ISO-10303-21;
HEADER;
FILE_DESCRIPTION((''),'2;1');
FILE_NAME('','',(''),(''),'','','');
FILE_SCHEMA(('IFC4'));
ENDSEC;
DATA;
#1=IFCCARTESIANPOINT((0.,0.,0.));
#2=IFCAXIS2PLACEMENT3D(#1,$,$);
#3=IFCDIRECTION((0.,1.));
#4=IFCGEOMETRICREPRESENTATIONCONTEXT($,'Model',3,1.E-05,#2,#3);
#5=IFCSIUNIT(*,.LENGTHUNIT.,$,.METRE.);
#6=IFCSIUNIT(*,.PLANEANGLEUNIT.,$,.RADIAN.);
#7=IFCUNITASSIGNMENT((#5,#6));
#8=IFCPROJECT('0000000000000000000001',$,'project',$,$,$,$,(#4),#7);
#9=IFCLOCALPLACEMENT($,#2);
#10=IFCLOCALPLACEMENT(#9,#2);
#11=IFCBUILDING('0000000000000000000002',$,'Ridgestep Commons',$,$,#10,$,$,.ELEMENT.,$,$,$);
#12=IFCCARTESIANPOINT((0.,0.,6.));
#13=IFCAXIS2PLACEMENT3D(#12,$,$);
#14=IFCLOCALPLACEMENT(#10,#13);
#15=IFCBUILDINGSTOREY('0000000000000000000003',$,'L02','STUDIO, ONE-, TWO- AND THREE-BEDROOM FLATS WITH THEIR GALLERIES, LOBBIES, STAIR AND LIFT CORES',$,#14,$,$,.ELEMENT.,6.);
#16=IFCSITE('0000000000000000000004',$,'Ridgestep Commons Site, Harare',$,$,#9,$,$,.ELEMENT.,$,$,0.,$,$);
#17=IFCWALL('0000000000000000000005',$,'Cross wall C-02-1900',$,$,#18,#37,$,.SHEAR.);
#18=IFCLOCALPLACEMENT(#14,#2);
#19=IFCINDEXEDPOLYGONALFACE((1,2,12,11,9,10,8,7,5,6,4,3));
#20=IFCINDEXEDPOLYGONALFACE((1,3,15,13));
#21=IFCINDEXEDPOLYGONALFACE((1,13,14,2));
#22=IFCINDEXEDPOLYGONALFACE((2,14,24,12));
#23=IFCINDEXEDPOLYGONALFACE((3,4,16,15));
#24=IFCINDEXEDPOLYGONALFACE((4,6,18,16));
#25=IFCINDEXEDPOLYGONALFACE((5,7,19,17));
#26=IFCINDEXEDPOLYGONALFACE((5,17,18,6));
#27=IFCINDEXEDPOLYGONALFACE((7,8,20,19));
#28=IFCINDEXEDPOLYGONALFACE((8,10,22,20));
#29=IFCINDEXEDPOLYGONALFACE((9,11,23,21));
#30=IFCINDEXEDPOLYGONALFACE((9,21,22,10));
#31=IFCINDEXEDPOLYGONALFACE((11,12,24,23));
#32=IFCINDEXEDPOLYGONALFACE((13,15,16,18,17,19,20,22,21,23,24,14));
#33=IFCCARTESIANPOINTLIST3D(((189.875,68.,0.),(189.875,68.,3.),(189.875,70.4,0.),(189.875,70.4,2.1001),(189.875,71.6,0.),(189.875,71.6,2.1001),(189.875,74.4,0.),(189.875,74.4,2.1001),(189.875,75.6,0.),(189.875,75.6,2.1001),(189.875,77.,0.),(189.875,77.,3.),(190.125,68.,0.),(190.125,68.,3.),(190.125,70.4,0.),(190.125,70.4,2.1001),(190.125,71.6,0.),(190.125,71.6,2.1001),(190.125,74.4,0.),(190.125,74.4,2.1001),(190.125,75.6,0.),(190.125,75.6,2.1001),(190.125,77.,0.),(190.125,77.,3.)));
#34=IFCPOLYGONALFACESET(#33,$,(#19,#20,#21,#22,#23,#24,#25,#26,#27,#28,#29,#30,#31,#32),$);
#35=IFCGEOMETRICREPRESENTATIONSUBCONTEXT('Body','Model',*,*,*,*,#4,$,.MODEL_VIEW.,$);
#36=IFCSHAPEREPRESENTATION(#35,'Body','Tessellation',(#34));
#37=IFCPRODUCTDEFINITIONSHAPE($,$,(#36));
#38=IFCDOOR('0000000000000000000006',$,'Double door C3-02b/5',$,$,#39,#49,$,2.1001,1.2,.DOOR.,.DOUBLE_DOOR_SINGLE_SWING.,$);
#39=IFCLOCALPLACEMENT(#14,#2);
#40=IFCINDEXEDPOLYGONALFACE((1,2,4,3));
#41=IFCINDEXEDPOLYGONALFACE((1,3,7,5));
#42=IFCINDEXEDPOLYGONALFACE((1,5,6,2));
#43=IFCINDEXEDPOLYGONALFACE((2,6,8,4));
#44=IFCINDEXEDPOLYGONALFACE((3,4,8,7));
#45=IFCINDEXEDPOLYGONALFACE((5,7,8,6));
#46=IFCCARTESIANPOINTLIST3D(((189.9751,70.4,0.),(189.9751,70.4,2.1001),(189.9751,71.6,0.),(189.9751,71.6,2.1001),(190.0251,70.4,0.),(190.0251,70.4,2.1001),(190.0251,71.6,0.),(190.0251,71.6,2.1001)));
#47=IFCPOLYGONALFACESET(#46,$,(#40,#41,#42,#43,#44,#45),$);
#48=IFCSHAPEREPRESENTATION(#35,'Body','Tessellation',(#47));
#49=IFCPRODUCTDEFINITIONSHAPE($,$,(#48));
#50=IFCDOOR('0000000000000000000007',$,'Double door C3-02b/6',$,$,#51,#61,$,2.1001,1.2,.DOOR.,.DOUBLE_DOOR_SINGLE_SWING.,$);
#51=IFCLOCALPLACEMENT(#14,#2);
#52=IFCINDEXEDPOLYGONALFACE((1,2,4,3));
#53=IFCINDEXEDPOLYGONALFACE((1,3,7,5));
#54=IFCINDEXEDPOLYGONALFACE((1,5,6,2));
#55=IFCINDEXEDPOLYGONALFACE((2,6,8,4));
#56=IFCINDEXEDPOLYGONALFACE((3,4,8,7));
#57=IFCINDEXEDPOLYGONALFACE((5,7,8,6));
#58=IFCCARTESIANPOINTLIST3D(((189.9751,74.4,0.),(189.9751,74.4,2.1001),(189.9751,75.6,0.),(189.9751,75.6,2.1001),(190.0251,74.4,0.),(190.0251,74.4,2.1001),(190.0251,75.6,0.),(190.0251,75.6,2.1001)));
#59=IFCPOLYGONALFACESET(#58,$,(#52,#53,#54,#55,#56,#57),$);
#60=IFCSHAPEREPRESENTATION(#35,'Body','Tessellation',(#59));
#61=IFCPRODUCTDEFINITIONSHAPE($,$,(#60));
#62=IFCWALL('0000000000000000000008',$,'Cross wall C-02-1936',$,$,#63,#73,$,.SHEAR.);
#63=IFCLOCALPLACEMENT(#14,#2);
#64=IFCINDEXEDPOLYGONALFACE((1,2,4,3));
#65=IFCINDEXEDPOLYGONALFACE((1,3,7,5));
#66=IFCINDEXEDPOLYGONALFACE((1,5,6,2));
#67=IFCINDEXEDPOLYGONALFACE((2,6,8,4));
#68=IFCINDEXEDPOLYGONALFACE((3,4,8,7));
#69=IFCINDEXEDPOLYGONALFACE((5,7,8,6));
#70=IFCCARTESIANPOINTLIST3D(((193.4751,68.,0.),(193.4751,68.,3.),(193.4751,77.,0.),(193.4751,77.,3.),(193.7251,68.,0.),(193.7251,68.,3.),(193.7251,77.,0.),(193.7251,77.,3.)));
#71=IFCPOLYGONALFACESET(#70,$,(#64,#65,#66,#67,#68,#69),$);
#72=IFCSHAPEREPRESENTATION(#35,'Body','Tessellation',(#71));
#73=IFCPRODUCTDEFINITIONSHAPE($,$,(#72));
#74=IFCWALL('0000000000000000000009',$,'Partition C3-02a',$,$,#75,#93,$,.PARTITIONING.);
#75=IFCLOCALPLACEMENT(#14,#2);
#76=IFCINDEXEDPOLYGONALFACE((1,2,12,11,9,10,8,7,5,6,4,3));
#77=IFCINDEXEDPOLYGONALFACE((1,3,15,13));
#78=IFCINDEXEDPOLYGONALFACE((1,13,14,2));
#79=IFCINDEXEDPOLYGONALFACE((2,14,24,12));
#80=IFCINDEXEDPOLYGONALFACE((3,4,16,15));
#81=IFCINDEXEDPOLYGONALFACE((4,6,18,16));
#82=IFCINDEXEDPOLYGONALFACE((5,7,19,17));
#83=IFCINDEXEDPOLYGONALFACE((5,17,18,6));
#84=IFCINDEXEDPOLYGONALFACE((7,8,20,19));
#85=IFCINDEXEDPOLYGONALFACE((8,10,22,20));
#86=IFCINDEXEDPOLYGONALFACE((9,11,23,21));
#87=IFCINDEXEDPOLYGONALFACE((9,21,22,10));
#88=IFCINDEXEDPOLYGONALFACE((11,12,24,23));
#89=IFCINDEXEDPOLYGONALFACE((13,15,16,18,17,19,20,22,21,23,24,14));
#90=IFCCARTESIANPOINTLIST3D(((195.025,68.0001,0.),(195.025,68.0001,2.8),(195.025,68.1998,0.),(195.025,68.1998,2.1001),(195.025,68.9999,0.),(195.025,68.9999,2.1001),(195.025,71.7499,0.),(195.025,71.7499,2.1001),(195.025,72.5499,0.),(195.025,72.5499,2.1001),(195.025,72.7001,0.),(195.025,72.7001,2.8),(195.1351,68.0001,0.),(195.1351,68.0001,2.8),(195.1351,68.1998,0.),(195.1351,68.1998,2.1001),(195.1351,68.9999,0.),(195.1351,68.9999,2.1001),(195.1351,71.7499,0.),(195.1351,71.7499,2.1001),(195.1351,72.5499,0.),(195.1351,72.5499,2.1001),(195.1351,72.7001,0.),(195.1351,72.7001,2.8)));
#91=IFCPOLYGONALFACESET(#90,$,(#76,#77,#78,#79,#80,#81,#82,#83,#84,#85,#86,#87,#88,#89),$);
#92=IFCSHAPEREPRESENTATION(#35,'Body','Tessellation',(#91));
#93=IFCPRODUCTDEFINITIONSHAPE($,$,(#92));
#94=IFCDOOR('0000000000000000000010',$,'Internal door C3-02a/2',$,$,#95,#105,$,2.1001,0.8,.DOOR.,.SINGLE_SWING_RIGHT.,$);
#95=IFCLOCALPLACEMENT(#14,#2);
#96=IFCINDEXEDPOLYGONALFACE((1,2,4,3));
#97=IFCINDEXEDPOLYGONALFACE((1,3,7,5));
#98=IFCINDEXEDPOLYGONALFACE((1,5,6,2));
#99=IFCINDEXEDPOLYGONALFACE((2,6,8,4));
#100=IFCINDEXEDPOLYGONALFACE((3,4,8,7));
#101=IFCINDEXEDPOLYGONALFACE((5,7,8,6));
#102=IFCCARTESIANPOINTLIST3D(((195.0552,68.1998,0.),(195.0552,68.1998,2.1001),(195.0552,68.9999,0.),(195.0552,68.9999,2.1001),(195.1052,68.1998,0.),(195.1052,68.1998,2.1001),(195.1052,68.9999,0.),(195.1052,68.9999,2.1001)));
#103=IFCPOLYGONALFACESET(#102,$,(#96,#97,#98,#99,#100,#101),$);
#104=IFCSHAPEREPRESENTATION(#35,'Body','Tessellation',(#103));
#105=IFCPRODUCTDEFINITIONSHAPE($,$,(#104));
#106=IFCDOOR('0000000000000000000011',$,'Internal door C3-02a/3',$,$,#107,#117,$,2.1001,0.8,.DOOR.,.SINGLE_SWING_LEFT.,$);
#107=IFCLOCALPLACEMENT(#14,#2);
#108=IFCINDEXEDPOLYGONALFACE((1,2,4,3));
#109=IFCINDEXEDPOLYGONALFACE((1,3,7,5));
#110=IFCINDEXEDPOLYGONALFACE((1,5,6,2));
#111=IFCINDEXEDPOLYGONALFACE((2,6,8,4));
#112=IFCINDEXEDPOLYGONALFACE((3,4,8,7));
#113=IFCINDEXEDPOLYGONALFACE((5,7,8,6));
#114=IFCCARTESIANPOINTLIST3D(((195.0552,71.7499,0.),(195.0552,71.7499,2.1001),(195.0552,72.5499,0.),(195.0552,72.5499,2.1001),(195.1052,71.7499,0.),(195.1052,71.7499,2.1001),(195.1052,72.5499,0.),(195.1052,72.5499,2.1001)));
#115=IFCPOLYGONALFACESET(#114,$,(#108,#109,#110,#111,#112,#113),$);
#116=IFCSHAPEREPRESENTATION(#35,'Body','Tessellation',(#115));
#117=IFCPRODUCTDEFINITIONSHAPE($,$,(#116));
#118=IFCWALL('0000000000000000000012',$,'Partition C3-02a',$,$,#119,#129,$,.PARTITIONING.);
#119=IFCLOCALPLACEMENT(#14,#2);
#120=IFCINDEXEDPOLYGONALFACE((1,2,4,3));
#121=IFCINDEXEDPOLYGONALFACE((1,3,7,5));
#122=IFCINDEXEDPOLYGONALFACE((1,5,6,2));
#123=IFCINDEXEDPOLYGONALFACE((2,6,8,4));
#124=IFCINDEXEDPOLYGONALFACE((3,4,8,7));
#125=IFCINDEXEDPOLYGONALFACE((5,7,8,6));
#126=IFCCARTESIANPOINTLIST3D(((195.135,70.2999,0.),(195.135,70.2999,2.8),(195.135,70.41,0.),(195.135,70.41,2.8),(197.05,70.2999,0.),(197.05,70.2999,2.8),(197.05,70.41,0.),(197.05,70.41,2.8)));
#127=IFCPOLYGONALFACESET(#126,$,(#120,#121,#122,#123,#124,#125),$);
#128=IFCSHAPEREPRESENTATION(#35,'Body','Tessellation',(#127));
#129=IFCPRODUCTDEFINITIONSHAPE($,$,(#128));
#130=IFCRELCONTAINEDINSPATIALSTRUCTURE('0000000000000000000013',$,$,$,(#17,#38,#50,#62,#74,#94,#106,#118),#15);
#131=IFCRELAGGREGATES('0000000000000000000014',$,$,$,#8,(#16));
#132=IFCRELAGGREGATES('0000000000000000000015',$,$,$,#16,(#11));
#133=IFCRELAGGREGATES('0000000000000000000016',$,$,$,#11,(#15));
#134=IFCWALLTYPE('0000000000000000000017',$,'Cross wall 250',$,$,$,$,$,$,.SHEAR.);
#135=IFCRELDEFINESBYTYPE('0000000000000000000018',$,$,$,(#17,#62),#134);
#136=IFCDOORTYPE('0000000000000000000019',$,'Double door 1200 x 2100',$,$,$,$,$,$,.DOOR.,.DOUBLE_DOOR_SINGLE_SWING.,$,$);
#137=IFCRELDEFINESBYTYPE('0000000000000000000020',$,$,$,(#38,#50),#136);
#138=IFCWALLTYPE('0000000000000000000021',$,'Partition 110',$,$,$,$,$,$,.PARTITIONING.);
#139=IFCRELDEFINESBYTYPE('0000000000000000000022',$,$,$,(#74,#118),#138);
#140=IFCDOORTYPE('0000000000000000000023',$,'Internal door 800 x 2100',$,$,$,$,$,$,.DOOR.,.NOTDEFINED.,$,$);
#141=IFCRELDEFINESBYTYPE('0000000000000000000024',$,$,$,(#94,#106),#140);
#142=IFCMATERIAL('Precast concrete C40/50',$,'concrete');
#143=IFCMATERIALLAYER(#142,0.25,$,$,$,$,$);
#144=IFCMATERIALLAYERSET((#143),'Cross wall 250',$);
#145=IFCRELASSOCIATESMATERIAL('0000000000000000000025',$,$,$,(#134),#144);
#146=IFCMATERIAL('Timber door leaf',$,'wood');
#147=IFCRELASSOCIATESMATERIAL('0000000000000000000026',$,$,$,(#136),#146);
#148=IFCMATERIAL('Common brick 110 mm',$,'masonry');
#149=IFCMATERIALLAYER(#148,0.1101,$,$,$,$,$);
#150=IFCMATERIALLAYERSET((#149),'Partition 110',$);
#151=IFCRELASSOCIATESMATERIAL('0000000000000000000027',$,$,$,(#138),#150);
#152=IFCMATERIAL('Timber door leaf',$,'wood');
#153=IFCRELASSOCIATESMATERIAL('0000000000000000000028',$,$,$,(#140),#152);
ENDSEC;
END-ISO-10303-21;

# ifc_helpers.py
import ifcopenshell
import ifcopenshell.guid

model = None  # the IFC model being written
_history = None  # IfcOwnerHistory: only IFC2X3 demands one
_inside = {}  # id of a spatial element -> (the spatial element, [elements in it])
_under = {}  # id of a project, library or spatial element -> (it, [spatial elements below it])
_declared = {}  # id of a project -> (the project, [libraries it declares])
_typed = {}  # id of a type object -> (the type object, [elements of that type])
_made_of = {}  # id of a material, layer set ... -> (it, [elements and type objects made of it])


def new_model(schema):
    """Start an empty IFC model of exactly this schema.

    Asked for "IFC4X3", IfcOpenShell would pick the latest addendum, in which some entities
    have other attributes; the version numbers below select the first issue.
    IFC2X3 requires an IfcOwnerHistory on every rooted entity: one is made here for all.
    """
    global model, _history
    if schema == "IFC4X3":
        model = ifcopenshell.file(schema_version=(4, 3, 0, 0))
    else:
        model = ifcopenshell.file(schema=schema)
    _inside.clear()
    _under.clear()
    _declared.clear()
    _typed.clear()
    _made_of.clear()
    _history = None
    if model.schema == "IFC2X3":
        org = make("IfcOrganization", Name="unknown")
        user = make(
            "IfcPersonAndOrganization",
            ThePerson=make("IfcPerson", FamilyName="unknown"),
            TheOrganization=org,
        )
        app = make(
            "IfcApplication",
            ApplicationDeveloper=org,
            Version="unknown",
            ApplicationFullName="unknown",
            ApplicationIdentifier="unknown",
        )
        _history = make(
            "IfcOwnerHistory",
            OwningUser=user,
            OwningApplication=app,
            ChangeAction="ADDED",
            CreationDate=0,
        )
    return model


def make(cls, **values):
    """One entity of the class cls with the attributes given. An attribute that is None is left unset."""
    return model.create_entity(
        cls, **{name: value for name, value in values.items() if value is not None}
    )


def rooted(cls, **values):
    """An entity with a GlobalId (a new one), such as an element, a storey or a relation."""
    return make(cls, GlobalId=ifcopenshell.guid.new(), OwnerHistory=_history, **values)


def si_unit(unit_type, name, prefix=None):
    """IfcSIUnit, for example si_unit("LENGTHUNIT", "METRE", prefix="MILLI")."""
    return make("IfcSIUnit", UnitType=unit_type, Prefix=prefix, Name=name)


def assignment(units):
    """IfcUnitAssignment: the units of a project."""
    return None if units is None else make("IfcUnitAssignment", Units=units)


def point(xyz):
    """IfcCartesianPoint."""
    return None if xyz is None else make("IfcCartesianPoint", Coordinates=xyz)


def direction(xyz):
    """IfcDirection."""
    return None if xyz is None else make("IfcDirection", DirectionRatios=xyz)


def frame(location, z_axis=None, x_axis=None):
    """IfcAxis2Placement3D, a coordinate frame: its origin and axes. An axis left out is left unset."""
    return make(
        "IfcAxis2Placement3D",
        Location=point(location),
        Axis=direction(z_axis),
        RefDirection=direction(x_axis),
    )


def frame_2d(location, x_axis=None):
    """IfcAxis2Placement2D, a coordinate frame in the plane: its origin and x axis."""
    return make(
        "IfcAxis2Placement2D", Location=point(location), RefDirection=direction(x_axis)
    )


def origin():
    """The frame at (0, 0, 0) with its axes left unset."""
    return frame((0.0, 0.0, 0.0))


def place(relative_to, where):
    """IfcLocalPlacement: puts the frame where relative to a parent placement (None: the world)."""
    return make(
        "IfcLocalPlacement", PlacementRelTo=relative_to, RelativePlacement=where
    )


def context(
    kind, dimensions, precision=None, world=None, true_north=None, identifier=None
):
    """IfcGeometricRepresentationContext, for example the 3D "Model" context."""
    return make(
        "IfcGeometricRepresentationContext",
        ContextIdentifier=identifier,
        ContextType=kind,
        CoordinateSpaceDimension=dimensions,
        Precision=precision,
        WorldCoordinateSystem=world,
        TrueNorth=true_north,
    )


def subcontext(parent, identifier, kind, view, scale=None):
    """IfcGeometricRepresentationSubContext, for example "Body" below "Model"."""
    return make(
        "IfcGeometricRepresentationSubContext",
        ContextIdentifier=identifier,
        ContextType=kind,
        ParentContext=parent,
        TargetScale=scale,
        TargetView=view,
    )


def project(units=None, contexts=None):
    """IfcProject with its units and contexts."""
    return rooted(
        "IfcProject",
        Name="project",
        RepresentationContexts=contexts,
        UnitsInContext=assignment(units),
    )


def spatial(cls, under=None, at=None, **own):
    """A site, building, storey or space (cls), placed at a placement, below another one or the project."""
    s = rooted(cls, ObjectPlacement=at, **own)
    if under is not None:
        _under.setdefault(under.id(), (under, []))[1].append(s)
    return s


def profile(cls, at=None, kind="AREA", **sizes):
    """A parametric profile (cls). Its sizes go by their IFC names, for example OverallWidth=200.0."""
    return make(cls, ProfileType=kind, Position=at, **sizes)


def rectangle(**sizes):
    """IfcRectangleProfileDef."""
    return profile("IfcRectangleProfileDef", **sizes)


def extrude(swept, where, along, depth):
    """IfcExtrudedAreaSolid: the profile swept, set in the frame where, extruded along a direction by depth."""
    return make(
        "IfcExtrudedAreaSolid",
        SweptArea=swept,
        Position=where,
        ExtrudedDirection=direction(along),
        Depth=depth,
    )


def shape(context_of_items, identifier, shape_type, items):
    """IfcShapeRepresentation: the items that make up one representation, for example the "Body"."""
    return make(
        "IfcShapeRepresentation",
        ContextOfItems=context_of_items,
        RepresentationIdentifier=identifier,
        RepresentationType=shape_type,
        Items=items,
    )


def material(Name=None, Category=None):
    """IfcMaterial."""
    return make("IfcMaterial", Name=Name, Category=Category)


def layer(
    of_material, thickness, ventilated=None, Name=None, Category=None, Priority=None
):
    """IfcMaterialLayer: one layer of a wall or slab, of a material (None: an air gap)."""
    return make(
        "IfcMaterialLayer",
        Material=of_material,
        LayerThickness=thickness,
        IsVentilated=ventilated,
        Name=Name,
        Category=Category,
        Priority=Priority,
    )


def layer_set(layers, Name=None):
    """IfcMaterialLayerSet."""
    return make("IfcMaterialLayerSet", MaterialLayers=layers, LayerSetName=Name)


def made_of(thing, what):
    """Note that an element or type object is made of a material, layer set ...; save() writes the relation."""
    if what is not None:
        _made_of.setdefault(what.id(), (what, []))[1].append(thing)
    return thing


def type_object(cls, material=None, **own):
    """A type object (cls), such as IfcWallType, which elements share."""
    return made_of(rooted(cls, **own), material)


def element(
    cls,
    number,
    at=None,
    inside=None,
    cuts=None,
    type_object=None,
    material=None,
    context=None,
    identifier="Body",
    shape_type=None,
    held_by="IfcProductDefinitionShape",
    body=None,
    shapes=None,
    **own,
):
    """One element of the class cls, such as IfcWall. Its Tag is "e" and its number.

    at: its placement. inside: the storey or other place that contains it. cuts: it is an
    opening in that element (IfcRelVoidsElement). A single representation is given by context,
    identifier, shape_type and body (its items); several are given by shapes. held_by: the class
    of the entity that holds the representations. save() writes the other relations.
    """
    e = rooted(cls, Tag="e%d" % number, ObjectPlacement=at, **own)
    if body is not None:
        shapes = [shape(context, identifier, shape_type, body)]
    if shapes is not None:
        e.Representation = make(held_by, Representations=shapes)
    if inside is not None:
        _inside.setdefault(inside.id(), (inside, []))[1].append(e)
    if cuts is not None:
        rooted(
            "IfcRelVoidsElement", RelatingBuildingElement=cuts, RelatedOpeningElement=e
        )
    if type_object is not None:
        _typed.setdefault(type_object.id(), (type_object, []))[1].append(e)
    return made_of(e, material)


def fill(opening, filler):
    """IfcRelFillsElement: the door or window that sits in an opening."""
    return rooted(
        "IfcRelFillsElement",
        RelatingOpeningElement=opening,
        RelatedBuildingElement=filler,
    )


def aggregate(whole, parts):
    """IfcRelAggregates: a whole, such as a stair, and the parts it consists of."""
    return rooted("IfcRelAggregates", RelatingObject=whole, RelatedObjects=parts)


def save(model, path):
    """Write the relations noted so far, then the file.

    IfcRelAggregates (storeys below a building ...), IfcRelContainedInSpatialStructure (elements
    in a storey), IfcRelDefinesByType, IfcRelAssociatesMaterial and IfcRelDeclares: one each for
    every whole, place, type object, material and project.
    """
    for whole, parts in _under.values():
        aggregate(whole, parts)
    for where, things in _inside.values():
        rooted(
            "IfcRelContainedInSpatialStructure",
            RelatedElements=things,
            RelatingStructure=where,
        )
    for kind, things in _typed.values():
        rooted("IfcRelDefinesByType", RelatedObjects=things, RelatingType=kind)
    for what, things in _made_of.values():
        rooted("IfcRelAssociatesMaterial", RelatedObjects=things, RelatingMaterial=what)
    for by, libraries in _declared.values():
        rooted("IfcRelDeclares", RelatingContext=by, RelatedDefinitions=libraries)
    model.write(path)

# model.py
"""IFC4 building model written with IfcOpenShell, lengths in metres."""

from ifc_helpers import new_model, si_unit, direction, frame, frame_2d, origin, place, context, subcontext, project, spatial, rectangle, extrude, material, layer, layer_set, type_object, element, fill, save


model = new_model("IFC4")

# Units and contexts
model_context = context("Model", 3, precision=1e-05, world=origin(), true_north=direction((0.0, 1.0)))
body_context = subcontext(model_context, "Body", "Model", "MODEL_VIEW")
ifc_project = project(units=[si_unit("LENGTHUNIT", "METRE"), si_unit("PLANEANGLEUNIT", "RADIAN")], contexts=[model_context])

# Site, building, storey
site_placement = place(None, origin())
site = spatial("IfcSite", under=ifc_project, at=site_placement, Name="Ridgestep Commons Site, Harare", CompositionType="ELEMENT", RefElevation=0.0)
building_placement = place(site_placement, origin())
building = spatial("IfcBuilding", under=site, at=building_placement, Name="Ridgestep Commons", CompositionType="ELEMENT")
storey_placement = place(building_placement, frame((0.0, 0.0, 6.0)))
storey = spatial("IfcBuildingStorey", under=building, at=storey_placement, Name="L02", Description="STUDIO, ONE-, TWO- AND THREE-BEDROOM FLATS WITH THEIR GALLERIES, LOBBIES, STAIR AND LIFT CORES", CompositionType="ELEMENT", Elevation=6.0)

# Wall, openings, doors
ifc_material_1 = material(Name="Precast concrete C40/50", Category="concrete")
ifc_layer_1 = layer(ifc_material_1, 0.25)
ifc_layer_set_1 = layer_set([ifc_layer_1], Name="Cross wall 250")
wall_type_1 = type_object("IfcWallType", Name="Cross wall 250", PredefinedType="SHEAR", material=ifc_layer_set_1)
wall_1_placement = place(storey_placement, frame((190.0, 68.0, 0.0), z_axis=(0.0, 0.0, 1.0), x_axis=(0.0, 1.0, 0.0)))
wall_1 = element("IfcWall", 1, at=wall_1_placement, inside=storey, type_object=wall_type_1, Name="Cross wall C-02-1900", PredefinedType="SHEAR", context=body_context, shape_type="SweptSolid", body=[
    extrude(rectangle(XDim=9.0, YDim=0.25, at=frame_2d((4.5, 0.0))), origin(), (0.0, 0.0, 1.0), 3.0),
])
opening_1_placement = place(wall_1_placement, frame((2.3999, 0.0, 0.0)))
opening_1 = element("IfcOpeningElement", 2, at=opening_1_placement, cuts=wall_1, PredefinedType="OPENING", context=body_context, shape_type="SweptSolid", body=[
    extrude(rectangle(XDim=1.2, YDim=2.1001, at=frame_2d((0.6001, 1.05))), frame((0.0, 0.135, 0.0), z_axis=(0.0, -1.0, 0.0), x_axis=(1.0, 0.0, 0.0)), (0.0, 0.0, 1.0), 0.27),
])
opening_2_placement = place(wall_1_placement, frame((6.3999, 0.0, 0.0)))
opening_2 = element("IfcOpeningElement", 3, at=opening_2_placement, cuts=wall_1, PredefinedType="OPENING", context=body_context, shape_type="SweptSolid", body=[
    extrude(rectangle(XDim=1.2, YDim=2.1001, at=frame_2d((0.6001, 1.05))), frame((0.0, 0.135, 0.0), z_axis=(0.0, -1.0, 0.0), x_axis=(1.0, 0.0, 0.0)), (0.0, 0.0, 1.0), 0.27),
])
ifc_material_2 = material(Name="Timber door leaf", Category="wood")
door_type_1 = type_object("IfcDoorType", Name="Double door 1200 x 2100", OperationType="DOUBLE_DOOR_SINGLE_SWING", PredefinedType="DOOR", material=ifc_material_2)
door_1_placement = place(opening_1_placement, origin())
door_1 = element("IfcDoor", 4, at=door_1_placement, inside=storey, type_object=door_type_1, Name="Double door C3-02b/5", OperationType="DOUBLE_DOOR_SINGLE_SWING", OverallHeight=2.1001, OverallWidth=1.2, PredefinedType="DOOR", context=body_context, shape_type="SweptSolid", body=[
    extrude(rectangle(XDim=1.2, YDim=2.1001, at=frame_2d((0.6001, 1.05))), frame((0.0, 0.0249, 0.0), z_axis=(0.0, -1.0, 0.0), x_axis=(1.0, 0.0, 0.0)), (0.0, 0.0, 1.0), 0.05),
])
fill(opening_1, door_1)
door_2_placement = place(opening_2_placement, origin())
door_2 = element("IfcDoor", 5, at=door_2_placement, inside=storey, type_object=door_type_1, Name="Double door C3-02b/6", OperationType="DOUBLE_DOOR_SINGLE_SWING", OverallHeight=2.1001, OverallWidth=1.2, PredefinedType="DOOR", context=body_context, shape_type="SweptSolid", body=[
    extrude(rectangle(XDim=1.2, YDim=2.1001, at=frame_2d((0.6001, 1.05))), frame((0.0, 0.0249, 0.0), z_axis=(0.0, -1.0, 0.0), x_axis=(1.0, 0.0, 0.0)), (0.0, 0.0, 1.0), 0.05),
])
fill(opening_2, door_2)

# Wall
wall_2_placement = place(storey_placement, frame((193.6001, 68.0, 0.0), z_axis=(0.0, 0.0, 1.0), x_axis=(0.0, 1.0, 0.0)))
element("IfcWall", 6, at=wall_2_placement, inside=storey, type_object=wall_type_1, Name="Cross wall C-02-1936", PredefinedType="SHEAR", context=body_context, shape_type="SweptSolid", body=[
    extrude(rectangle(XDim=9.0, YDim=0.25, at=frame_2d((4.5, 0.0))), origin(), (0.0, 0.0, 1.0), 3.0),
])

# Wall, openings, doors
ifc_material_3 = material(Name="Common brick 110 mm", Category="masonry")
ifc_layer_2 = layer(ifc_material_3, 0.1101)
ifc_layer_set_2 = layer_set([ifc_layer_2], Name="Partition 110")
wall_type_2 = type_object("IfcWallType", Name="Partition 110", PredefinedType="PARTITIONING", material=ifc_layer_set_2)
wall_3_placement = place(storey_placement, frame((195.0801, 68.0, 0.0), z_axis=(0.0, 0.0, 1.0), x_axis=(0.0, 1.0, 0.0)))
wall_3 = element("IfcWall", 7, at=wall_3_placement, inside=storey, type_object=wall_type_2, Name="Partition C3-02a", PredefinedType="PARTITIONING", context=body_context, shape_type="SweptSolid", body=[
    extrude(rectangle(XDim=4.7, YDim=0.1101, at=frame_2d((2.3501, 0.0))), origin(), (0.0, 0.0, 1.0), 2.8),
])
opening_3_placement = place(wall_3_placement, frame((0.2, 0.0, 0.0)))
opening_3 = element("IfcOpeningElement", 8, at=opening_3_placement, cuts=wall_3, PredefinedType="OPENING", context=body_context, shape_type="SweptSolid", body=[
    extrude(rectangle(XDim=0.8, YDim=2.1001, at=frame_2d((0.3999, 1.05))), frame((0.0, 0.0649, 0.0), z_axis=(0.0, -1.0, 0.0), x_axis=(1.0, 0.0, 0.0)), (0.0, 0.0, 1.0), 0.1301),
])
opening_4_placement = place(wall_3_placement, frame((3.75, 0.0, 0.0)))
opening_4 = element("IfcOpeningElement", 9, at=opening_4_placement, cuts=wall_3, PredefinedType="OPENING", context=body_context, shape_type="SweptSolid", body=[
    extrude(rectangle(XDim=0.8, YDim=2.1001, at=frame_2d((0.3999, 1.05))), frame((0.0, 0.0649, 0.0), z_axis=(0.0, -1.0, 0.0), x_axis=(1.0, 0.0, 0.0)), (0.0, 0.0, 1.0), 0.1301),
])
ifc_material_4 = material(Name="Timber door leaf", Category="wood")
door_type_2 = type_object("IfcDoorType", Name="Internal door 800 x 2100", OperationType="NOTDEFINED", PredefinedType="DOOR", material=ifc_material_4)
door_3_placement = place(opening_3_placement, origin())
door_3 = element("IfcDoor", 10, at=door_3_placement, inside=storey, type_object=door_type_2, Name="Internal door C3-02a/2", OperationType="SINGLE_SWING_RIGHT", OverallHeight=2.1001, OverallWidth=0.8, PredefinedType="DOOR", context=body_context, shape_type="SweptSolid", body=[
    extrude(rectangle(XDim=0.8, YDim=2.1001, at=frame_2d((0.3999, 1.05))), frame((0.0, 0.0249, 0.0), z_axis=(0.0, -1.0, 0.0), x_axis=(1.0, 0.0, 0.0)), (0.0, 0.0, 1.0), 0.05),
])
fill(opening_3, door_3)
door_4_placement = place(opening_4_placement, origin())
door_4 = element("IfcDoor", 11, at=door_4_placement, inside=storey, type_object=door_type_2, Name="Internal door C3-02a/3", OperationType="SINGLE_SWING_LEFT", OverallHeight=2.1001, OverallWidth=0.8, PredefinedType="DOOR", context=body_context, shape_type="SweptSolid", body=[
    extrude(rectangle(XDim=0.8, YDim=2.1001, at=frame_2d((0.3999, 1.05))), frame((0.0, 0.0249, 0.0), z_axis=(0.0, -1.0, 0.0), x_axis=(1.0, 0.0, 0.0)), (0.0, 0.0, 1.0), 0.05),
])
fill(opening_4, door_4)

# Wall
wall_4_placement = place(storey_placement, frame((195.135, 70.355, 0.0), z_axis=(0.0, 0.0, 1.0), x_axis=(1.0, 0.0, 0.0)))
element("IfcWall", 12, at=wall_4_placement, inside=storey, type_object=wall_type_2, Name="Partition C3-02a", PredefinedType="PARTITIONING", context=body_context, shape_type="SweptSolid", body=[
    extrude(rectangle(XDim=1.915, YDim=0.1101, at=frame_2d((0.9575, 0.0))), origin(), (0.0, 0.0, 1.0), 2.8),
])

save(model, "model.ifc")
